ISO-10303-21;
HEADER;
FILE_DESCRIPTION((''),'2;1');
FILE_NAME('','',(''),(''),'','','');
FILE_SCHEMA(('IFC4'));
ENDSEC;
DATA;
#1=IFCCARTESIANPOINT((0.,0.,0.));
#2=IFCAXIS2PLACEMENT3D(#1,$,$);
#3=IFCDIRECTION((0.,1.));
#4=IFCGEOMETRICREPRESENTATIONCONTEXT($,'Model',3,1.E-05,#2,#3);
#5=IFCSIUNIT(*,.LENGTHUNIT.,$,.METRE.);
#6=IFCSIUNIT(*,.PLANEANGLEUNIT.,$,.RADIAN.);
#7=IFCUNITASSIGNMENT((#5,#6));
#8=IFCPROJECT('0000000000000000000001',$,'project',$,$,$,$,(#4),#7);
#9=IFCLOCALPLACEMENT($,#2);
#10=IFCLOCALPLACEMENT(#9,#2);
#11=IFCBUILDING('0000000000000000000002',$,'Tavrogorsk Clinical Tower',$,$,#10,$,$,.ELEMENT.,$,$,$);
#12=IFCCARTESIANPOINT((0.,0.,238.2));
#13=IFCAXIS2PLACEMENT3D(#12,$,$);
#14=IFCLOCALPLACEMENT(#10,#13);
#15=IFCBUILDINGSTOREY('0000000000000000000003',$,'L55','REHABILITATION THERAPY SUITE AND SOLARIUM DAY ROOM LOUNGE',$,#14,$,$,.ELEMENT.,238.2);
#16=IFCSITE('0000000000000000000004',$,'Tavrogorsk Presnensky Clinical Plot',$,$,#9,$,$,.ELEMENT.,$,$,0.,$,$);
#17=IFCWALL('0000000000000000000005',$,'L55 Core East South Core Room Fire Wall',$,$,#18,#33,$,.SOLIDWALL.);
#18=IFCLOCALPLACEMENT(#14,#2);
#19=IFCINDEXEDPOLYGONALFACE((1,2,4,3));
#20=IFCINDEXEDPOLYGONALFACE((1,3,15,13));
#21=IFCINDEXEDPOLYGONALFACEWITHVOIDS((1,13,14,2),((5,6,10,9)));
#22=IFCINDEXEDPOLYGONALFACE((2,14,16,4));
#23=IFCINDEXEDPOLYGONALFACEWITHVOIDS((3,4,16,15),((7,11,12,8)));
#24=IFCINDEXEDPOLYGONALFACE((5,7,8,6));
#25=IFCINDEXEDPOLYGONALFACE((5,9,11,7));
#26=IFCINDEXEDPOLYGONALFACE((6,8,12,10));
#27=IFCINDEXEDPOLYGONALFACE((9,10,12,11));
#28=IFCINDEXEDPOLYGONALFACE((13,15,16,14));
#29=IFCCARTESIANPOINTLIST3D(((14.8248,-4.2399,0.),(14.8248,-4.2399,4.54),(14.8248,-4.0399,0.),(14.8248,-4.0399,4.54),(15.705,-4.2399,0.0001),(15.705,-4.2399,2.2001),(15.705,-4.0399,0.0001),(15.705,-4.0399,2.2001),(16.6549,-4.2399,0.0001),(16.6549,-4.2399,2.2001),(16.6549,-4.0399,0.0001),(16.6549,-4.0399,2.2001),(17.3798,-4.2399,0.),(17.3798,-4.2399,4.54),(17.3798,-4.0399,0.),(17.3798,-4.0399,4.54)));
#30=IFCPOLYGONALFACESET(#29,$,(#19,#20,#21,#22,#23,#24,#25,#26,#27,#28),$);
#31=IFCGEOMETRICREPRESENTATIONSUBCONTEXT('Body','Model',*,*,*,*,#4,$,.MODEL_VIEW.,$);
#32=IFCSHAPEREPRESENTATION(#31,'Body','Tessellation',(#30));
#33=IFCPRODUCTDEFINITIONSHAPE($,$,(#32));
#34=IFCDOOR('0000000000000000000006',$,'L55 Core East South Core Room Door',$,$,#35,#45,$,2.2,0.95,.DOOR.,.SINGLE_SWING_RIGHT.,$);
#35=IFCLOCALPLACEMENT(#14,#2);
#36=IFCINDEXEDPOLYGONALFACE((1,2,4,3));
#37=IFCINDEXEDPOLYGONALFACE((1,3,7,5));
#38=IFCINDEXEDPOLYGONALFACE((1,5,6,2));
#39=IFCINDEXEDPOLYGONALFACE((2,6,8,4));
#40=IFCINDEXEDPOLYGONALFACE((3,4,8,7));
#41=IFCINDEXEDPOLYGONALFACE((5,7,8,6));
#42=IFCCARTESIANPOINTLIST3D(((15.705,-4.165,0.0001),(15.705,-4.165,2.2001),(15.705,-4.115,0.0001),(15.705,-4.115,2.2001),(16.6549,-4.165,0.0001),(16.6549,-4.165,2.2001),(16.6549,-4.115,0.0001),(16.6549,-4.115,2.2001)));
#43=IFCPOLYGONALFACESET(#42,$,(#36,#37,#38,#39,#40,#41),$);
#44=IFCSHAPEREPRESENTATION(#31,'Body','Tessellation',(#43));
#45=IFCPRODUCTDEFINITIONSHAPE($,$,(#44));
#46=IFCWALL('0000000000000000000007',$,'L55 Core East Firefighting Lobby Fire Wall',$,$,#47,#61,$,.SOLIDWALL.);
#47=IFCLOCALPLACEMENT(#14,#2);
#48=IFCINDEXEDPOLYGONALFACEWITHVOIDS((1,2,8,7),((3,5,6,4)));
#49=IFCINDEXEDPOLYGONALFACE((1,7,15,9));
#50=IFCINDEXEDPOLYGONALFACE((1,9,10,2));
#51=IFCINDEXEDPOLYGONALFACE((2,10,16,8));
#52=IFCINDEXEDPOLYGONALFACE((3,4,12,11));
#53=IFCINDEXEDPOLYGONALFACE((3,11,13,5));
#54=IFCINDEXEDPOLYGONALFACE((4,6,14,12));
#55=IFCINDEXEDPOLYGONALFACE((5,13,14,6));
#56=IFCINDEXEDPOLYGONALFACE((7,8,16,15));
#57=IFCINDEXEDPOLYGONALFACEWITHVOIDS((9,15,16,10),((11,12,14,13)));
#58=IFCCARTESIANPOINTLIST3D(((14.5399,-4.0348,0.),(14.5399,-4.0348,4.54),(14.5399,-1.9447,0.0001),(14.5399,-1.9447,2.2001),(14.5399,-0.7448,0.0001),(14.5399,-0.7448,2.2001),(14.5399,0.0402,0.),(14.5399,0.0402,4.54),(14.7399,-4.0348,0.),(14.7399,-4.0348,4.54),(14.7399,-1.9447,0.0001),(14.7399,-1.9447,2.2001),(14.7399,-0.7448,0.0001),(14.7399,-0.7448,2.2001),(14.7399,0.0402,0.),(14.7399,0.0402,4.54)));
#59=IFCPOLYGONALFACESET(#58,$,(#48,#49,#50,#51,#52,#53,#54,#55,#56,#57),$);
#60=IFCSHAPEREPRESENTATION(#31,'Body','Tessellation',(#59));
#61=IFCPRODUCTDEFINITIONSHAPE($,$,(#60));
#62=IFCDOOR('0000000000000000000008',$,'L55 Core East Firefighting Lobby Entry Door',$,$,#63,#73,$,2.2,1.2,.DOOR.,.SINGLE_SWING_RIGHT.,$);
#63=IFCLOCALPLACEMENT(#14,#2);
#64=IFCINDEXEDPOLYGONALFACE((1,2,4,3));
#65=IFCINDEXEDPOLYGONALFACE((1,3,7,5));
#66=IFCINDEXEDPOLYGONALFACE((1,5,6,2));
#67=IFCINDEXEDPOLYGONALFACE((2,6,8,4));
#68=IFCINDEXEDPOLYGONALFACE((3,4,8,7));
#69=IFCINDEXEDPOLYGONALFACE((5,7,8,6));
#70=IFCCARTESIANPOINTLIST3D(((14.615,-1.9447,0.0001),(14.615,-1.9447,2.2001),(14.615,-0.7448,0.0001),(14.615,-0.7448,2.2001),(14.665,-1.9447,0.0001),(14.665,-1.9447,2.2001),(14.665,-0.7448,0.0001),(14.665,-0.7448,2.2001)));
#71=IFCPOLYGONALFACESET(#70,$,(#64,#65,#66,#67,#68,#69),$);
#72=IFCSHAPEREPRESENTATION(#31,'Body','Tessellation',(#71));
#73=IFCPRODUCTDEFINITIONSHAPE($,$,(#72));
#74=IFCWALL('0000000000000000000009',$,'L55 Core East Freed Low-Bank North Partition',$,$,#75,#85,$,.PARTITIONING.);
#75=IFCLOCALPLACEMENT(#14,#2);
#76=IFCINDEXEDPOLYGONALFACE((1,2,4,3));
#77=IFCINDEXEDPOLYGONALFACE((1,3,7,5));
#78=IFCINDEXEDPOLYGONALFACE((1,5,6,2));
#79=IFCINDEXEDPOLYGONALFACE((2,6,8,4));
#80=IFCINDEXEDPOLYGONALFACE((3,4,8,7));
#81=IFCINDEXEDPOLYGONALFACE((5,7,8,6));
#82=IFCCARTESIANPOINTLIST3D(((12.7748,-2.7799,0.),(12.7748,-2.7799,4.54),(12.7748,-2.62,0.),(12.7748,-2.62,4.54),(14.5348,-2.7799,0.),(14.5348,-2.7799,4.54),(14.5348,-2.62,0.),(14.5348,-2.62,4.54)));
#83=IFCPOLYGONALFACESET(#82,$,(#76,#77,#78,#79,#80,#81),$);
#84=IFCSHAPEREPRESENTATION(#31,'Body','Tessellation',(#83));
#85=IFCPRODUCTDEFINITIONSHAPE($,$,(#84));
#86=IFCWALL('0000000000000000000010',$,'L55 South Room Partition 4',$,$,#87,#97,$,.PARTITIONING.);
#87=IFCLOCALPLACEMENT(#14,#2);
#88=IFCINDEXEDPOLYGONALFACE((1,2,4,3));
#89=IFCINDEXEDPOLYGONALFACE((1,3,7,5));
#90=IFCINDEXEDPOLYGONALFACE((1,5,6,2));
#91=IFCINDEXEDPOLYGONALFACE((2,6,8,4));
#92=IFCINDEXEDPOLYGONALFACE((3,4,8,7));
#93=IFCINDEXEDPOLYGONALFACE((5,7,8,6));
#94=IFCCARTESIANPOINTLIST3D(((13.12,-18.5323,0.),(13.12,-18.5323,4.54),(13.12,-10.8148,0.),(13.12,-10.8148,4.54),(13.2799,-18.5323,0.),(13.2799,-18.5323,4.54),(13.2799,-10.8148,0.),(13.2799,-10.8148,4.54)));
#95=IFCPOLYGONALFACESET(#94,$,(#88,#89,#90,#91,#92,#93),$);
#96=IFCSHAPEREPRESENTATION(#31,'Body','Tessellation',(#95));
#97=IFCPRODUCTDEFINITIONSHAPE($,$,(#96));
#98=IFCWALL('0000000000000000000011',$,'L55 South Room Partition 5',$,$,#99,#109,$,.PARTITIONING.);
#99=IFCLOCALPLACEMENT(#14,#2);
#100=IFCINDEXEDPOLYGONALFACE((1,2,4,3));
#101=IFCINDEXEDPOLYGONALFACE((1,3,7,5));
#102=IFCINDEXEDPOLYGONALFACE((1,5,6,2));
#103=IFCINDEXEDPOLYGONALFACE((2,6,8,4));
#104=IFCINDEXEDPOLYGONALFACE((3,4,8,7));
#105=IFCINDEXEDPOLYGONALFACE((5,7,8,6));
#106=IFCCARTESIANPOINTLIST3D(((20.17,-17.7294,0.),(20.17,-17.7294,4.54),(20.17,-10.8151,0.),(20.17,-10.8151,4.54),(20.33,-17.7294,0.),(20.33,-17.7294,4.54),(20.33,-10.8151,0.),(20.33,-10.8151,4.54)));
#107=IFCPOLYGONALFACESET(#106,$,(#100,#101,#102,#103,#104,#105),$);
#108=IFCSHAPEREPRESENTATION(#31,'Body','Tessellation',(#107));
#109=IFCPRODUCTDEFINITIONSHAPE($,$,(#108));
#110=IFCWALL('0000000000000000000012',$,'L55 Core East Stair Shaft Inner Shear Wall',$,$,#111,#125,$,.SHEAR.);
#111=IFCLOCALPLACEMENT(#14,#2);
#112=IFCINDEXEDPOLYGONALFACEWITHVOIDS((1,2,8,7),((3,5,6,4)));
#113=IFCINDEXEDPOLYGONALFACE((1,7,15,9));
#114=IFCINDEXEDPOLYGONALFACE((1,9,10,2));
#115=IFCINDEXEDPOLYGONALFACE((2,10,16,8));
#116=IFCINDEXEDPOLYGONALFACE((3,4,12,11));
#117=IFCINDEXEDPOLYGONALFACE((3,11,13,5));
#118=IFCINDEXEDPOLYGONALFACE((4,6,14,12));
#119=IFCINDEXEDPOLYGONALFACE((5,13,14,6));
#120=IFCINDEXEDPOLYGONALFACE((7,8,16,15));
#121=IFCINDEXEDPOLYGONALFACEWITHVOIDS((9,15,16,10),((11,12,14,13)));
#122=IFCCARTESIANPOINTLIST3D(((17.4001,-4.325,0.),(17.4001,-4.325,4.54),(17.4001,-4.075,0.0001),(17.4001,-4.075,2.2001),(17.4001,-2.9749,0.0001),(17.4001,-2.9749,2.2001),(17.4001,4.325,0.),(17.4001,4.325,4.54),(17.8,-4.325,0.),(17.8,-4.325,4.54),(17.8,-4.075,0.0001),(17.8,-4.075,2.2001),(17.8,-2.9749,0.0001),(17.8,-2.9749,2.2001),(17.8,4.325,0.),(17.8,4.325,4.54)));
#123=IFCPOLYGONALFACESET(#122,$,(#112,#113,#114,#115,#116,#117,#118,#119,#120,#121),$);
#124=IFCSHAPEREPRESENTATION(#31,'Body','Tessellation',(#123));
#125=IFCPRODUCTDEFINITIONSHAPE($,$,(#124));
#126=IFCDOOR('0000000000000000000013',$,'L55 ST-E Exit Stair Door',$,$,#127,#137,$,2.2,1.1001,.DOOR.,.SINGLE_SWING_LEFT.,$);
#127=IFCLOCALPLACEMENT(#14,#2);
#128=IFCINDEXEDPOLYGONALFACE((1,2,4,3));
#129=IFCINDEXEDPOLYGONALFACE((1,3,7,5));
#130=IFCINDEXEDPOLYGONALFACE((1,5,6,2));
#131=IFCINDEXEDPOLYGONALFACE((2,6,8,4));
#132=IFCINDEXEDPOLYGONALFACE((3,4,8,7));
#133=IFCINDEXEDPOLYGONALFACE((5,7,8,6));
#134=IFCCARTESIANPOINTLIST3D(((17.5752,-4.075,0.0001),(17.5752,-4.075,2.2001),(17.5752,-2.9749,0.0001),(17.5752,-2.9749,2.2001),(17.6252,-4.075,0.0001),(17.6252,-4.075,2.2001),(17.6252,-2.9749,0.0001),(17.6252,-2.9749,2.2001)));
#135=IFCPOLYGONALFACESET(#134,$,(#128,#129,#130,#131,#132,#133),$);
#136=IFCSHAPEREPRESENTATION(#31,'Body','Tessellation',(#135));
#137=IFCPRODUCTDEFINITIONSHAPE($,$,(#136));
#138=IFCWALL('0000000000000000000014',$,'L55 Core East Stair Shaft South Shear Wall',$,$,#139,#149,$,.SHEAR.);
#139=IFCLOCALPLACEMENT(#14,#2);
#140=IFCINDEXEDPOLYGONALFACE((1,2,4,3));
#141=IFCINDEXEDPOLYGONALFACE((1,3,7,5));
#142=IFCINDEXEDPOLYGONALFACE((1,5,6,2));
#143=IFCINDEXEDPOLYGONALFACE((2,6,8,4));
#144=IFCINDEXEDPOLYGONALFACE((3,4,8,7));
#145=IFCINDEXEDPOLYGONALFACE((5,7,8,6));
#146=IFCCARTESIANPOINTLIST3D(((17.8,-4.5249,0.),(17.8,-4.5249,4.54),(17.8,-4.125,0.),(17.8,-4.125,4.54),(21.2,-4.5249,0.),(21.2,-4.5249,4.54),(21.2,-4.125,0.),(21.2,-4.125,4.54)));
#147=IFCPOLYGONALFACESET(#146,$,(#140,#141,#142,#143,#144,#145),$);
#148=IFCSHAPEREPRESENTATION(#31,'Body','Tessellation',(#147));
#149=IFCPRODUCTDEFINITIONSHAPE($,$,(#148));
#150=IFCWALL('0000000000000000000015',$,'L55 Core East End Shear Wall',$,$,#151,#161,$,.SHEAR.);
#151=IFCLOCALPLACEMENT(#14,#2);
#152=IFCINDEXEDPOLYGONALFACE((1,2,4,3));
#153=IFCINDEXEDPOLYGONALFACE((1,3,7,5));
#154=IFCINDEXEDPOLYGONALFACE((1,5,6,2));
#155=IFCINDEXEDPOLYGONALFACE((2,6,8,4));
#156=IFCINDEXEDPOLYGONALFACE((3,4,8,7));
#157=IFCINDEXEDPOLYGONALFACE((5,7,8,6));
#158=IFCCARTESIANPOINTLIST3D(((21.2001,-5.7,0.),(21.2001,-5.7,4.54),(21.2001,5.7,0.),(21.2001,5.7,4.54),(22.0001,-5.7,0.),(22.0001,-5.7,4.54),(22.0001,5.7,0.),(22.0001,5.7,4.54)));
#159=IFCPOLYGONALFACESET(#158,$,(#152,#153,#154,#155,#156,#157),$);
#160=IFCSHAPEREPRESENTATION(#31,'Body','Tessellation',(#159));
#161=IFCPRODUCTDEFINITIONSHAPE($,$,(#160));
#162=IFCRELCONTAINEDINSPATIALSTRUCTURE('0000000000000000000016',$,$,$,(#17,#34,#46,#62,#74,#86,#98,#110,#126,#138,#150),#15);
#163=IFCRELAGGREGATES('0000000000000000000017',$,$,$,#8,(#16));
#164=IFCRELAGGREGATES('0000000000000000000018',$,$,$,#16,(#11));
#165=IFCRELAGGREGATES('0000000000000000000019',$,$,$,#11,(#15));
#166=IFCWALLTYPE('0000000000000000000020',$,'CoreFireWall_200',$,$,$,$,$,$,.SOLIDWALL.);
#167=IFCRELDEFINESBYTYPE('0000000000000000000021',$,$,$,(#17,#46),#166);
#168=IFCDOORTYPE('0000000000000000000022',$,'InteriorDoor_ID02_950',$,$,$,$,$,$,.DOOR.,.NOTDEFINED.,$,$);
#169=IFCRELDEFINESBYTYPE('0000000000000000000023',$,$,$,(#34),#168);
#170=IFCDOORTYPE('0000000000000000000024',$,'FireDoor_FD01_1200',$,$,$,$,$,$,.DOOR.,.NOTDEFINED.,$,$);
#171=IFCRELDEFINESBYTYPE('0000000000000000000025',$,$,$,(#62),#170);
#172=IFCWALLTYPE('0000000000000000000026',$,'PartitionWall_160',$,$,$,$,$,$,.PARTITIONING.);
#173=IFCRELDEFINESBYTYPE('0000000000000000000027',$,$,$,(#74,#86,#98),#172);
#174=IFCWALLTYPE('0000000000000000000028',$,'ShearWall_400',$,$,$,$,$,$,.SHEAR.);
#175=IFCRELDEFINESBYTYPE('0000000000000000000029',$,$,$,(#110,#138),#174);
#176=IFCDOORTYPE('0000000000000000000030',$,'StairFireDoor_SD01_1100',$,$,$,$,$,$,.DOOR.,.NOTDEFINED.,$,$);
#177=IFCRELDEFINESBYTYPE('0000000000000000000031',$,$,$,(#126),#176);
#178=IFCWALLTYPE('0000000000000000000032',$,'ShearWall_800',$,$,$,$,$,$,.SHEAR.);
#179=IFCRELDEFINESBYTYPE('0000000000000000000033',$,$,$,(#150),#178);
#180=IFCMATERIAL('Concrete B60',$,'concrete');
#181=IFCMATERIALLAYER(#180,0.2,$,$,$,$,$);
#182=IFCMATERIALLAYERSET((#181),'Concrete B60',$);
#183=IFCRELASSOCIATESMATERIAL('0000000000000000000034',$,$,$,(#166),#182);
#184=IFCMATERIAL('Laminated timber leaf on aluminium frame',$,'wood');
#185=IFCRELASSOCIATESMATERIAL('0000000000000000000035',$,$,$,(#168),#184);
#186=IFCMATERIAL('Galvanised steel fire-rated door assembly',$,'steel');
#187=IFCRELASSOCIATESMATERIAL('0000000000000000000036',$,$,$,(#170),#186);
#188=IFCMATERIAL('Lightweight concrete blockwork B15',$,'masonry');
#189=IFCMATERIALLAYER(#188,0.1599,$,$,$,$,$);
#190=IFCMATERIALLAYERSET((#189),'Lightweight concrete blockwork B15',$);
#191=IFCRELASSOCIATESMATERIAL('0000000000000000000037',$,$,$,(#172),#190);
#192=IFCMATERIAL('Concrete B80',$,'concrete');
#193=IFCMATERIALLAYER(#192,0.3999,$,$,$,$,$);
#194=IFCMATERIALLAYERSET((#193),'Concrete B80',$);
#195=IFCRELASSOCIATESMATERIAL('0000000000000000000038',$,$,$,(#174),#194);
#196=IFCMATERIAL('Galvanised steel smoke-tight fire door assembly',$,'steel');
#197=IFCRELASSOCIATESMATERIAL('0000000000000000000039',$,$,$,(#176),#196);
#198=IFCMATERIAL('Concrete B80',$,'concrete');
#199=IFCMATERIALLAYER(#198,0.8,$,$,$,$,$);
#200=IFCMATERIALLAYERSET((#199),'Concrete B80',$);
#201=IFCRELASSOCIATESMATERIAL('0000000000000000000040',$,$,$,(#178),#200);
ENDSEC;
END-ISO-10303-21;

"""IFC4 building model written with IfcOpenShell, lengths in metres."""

from ifc_helpers import new_model, si_unit, direction, frame, frame_2d, origin, place, context, subcontext, project, spatial, rectangle, extrude, material, layer, layer_set, type_object, element, fill, save


model = new_model("IFC4")

# Units and contexts
model_context = context("Model", 3, precision=1e-05, world=origin(), true_north=direction((0.0, 1.0)))
body_context = subcontext(model_context, "Body", "Model", "MODEL_VIEW")
ifc_project = project(units=[si_unit("LENGTHUNIT", "METRE"), si_unit("PLANEANGLEUNIT", "RADIAN")], contexts=[model_context])

# Site, building, storey
site_placement = place(None, origin())
site = spatial("IfcSite", under=ifc_project, at=site_placement, Name="Tavrogorsk Presnensky Clinical Plot", CompositionType="ELEMENT", RefElevation=0.0)
building_placement = place(site_placement, origin())
building = spatial("IfcBuilding", under=site, at=building_placement, Name="Tavrogorsk Clinical Tower", CompositionType="ELEMENT")
storey_placement = place(building_placement, frame((0.0, 0.0, 238.2)))
storey = spatial("IfcBuildingStorey", under=building, at=storey_placement, Name="L55", Description="REHABILITATION THERAPY SUITE AND SOLARIUM DAY ROOM LOUNGE", CompositionType="ELEMENT", Elevation=238.2)

# Walls, openings, doors
ifc_material_1 = material(Name="Concrete B60", Category="concrete")
ifc_layer_1 = layer(ifc_material_1, 0.2)
ifc_layer_set_1 = layer_set([ifc_layer_1], Name="Concrete B60")
wall_type_1 = type_object("IfcWallType", Name="CoreFireWall_200", PredefinedType="SOLIDWALL", material=ifc_layer_set_1)
wall_1_placement = place(storey_placement, frame((14.825, -4.1399, 0.0), z_axis=(0.0, 0.0, 1.0), x_axis=(1.0, 0.0, 0.0)))
wall_1 = element("IfcWall", 1, at=wall_1_placement, inside=storey, type_object=wall_type_1, Name="L55 Core East South Core Room Fire Wall", PredefinedType="SOLIDWALL", context=body_context, shape_type="SweptSolid", body=[
    extrude(rectangle(XDim=2.5549, YDim=0.2, at=frame_2d((1.2773, 0.0))), origin(), (0.0, 0.0, 1.0), 4.54),
])
opening_1_placement = place(wall_1_placement, frame((0.8799, 0.0, 0.0)))
opening_1 = element("IfcOpeningElement", 2, at=opening_1_placement, cuts=wall_1, PredefinedType="OPENING", context=body_context, shape_type="SweptSolid", body=[
    extrude(rectangle(XDim=0.95, YDim=2.2, at=frame_2d((0.4751, 1.1001))), frame((0.0, 0.1099, 0.0), z_axis=(0.0, -1.0, 0.0), x_axis=(1.0, 0.0, 0.0)), (0.0, 0.0, 1.0), 0.22),
])
ifc_material_2 = material(Name="Laminated timber leaf on aluminium frame", Category="wood")
door_type_1 = type_object("IfcDoorType", Name="InteriorDoor_ID02_950", OperationType="NOTDEFINED", PredefinedType="DOOR", material=ifc_material_2)
door_1_placement = place(opening_1_placement, origin())
door_1 = element("IfcDoor", 3, at=door_1_placement, inside=storey, type_object=door_type_1, Name="L55 Core East South Core Room Door", OperationType="SINGLE_SWING_RIGHT", OverallHeight=2.2, OverallWidth=0.95, PredefinedType="DOOR", context=body_context, shape_type="SweptSolid", body=[
    extrude(rectangle(XDim=0.95, YDim=2.2, at=frame_2d((0.4751, 1.1001))), frame((0.0, 0.0249, 0.0), z_axis=(0.0, -1.0, 0.0), x_axis=(1.0, 0.0, 0.0)), (0.0, 0.0, 1.0), 0.05),
])
fill(opening_1, door_1)
wall_2_placement = place(storey_placement, frame((14.6399, -4.0349, 0.0), z_axis=(0.0, 0.0, 1.0), x_axis=(0.0, 1.0, 0.0)))
wall_2 = element("IfcWall", 4, at=wall_2_placement, inside=storey, type_object=wall_type_1, Name="L55 Core East Firefighting Lobby Fire Wall", PredefinedType="SOLIDWALL", context=body_context, shape_type="SweptSolid", body=[
    extrude(rectangle(XDim=4.075, YDim=0.2, at=frame_2d((2.0376, 0.0))), origin(), (0.0, 0.0, 1.0), 4.54),
])
opening_2_placement = place(wall_2_placement, frame((2.0901, 0.0, 0.0)))
opening_2 = element("IfcOpeningElement", 5, at=opening_2_placement, cuts=wall_2, PredefinedType="OPENING", context=body_context, shape_type="SweptSolid", body=[
    extrude(rectangle(XDim=1.2, YDim=2.2, at=frame_2d((0.6001, 1.1001))), frame((0.0, 0.1099, 0.0), z_axis=(0.0, -1.0, 0.0), x_axis=(1.0, 0.0, 0.0)), (0.0, 0.0, 1.0), 0.22),
])
ifc_material_3 = material(Name="Galvanised steel fire-rated door assembly", Category="steel")
door_type_2 = type_object("IfcDoorType", Name="FireDoor_FD01_1200", OperationType="NOTDEFINED", PredefinedType="DOOR", material=ifc_material_3)
door_2_placement = place(opening_2_placement, origin())
door_2 = element("IfcDoor", 6, at=door_2_placement, inside=storey, type_object=door_type_2, Name="L55 Core East Firefighting Lobby Entry Door", OperationType="SINGLE_SWING_RIGHT", OverallHeight=2.2, OverallWidth=1.2, PredefinedType="DOOR", context=body_context, shape_type="SweptSolid", body=[
    extrude(rectangle(XDim=1.2, YDim=2.2, at=frame_2d((0.6001, 1.1001))), frame((0.0, 0.0249, 0.0), z_axis=(0.0, -1.0, 0.0), x_axis=(1.0, 0.0, 0.0)), (0.0, 0.0, 1.0), 0.05),
])
fill(opening_2, door_2)

# Walls
ifc_material_4 = material(Name="Lightweight concrete blockwork B15", Category="masonry")
ifc_layer_2 = layer(ifc_material_4, 0.1599)
ifc_layer_set_2 = layer_set([ifc_layer_2], Name="Lightweight concrete blockwork B15")
wall_type_2 = type_object("IfcWallType", Name="PartitionWall_160", PredefinedType="PARTITIONING", material=ifc_layer_set_2)
wall_3_placement = place(storey_placement, frame((12.7749, -2.7, 0.0), z_axis=(0.0, 0.0, 1.0), x_axis=(1.0, 0.0, 0.0)))
element("IfcWall", 7, at=wall_3_placement, inside=storey, type_object=wall_type_2, Name="L55 Core East Freed Low-Bank North Partition", PredefinedType="PARTITIONING", context=body_context, shape_type="SweptSolid", body=[
    extrude(rectangle(XDim=1.76, YDim=0.1599, at=frame_2d((0.8799, 0.0))), origin(), (0.0, 0.0, 1.0), 4.54),
])
wall_4_placement = place(storey_placement, frame((13.2, -18.5325, 0.0), z_axis=(0.0, 0.0, 1.0), x_axis=(0.0, 1.0, 0.0)))
element("IfcWall", 8, at=wall_4_placement, inside=storey, type_object=wall_type_2, Name="L55 South Room Partition 4", PredefinedType="PARTITIONING", context=body_context, shape_type="SweptSolid", body=[
    extrude(rectangle(XDim=7.7175, YDim=0.1599, at=frame_2d((3.8589, 0.0))), origin(), (0.0, 0.0, 1.0), 4.54),
])
wall_5_placement = place(storey_placement, frame((20.25, -17.7292, 0.0), z_axis=(0.0, 0.0, 1.0), x_axis=(0.0, 1.0, 0.0)))
element("IfcWall", 9, at=wall_5_placement, inside=storey, type_object=wall_type_2, Name="L55 South Room Partition 5", PredefinedType="PARTITIONING", context=body_context, shape_type="SweptSolid", body=[
    extrude(rectangle(XDim=6.9143, YDim=0.1599, at=frame_2d((3.457, 0.0))), origin(), (0.0, 0.0, 1.0), 4.54),
])

# Wall, opening, door
ifc_material_5 = material(Name="Concrete B80", Category="concrete")
ifc_layer_3 = layer(ifc_material_5, 0.3999)
ifc_layer_set_3 = layer_set([ifc_layer_3], Name="Concrete B80")
wall_type_3 = type_object("IfcWallType", Name="ShearWall_400", PredefinedType="SHEAR", material=ifc_layer_set_3)
wall_6_placement = place(storey_placement, frame((17.6001, -4.325, 0.0), z_axis=(0.0, 0.0, 1.0), x_axis=(0.0, 1.0, 0.0)))
wall_6 = element("IfcWall", 10, at=wall_6_placement, inside=storey, type_object=wall_type_3, Name="L55 Core East Stair Shaft Inner Shear Wall", PredefinedType="SHEAR", context=body_context, shape_type="SweptSolid", body=[
    extrude(rectangle(XDim=8.6499, YDim=0.3999, at=frame_2d((4.325, 0.0))), origin(), (0.0, 0.0, 1.0), 4.54),
])
opening_3_placement = place(wall_6_placement, frame((0.25, 0.0, 0.0)))
opening_3 = element("IfcOpeningElement", 11, at=opening_3_placement, cuts=wall_6, PredefinedType="OPENING", context=body_context, shape_type="SweptSolid", body=[
    extrude(rectangle(XDim=1.1001, YDim=2.2, at=frame_2d((0.55, 1.1001))), frame((0.0, 0.21, 0.0), z_axis=(0.0, -1.0, 0.0), x_axis=(1.0, 0.0, 0.0)), (0.0, 0.0, 1.0), 0.4199),
])
ifc_material_6 = material(Name="Galvanised steel smoke-tight fire door assembly", Category="steel")
door_type_3 = type_object("IfcDoorType", Name="StairFireDoor_SD01_1100", OperationType="NOTDEFINED", PredefinedType="DOOR", material=ifc_material_6)
door_3_placement = place(opening_3_placement, origin())
door_3 = element("IfcDoor", 12, at=door_3_placement, inside=storey, type_object=door_type_3, Name="L55 ST-E Exit Stair Door", OperationType="SINGLE_SWING_LEFT", OverallHeight=2.2, OverallWidth=1.1001, PredefinedType="DOOR", context=body_context, shape_type="SweptSolid", body=[
    extrude(rectangle(XDim=1.1001, YDim=2.2, at=frame_2d((0.55, 1.1001))), frame((0.0, 0.0249, 0.0), z_axis=(0.0, -1.0, 0.0), x_axis=(1.0, 0.0, 0.0)), (0.0, 0.0, 1.0), 0.05),
])
fill(opening_3, door_3)

# Walls
wall_7_placement = place(storey_placement, frame((17.8, -4.325, 0.0), z_axis=(0.0, 0.0, 1.0), x_axis=(1.0, 0.0, 0.0)))
element("IfcWall", 13, at=wall_7_placement, inside=storey, type_object=wall_type_3, Name="L55 Core East Stair Shaft South Shear Wall", PredefinedType="SHEAR", context=body_context, shape_type="SweptSolid", body=[
    extrude(rectangle(XDim=3.3999, YDim=0.3999, at=frame_2d((1.7, 0.0))), origin(), (0.0, 0.0, 1.0), 4.54),
])
ifc_material_7 = material(Name="Concrete B80", Category="concrete")
ifc_layer_4 = layer(ifc_material_7, 0.8)
ifc_layer_set_4 = layer_set([ifc_layer_4], Name="Concrete B80")
wall_type_4 = type_object("IfcWallType", Name="ShearWall_800", PredefinedType="SHEAR", material=ifc_layer_set_4)
wall_8_placement = place(storey_placement, frame((21.6001, -5.7, 0.0), z_axis=(0.0, 0.0, 1.0), x_axis=(0.0, 1.0, 0.0)))
element("IfcWall", 14, at=wall_8_placement, inside=storey, type_object=wall_type_4, Name="L55 Core East End Shear Wall", PredefinedType="SHEAR", context=body_context, shape_type="SweptSolid", body=[
    extrude(rectangle(XDim=11.3999, YDim=0.8, at=frame_2d((5.7, 0.0))), origin(), (0.0, 0.0, 1.0), 4.54),
])

save(model, "model.ifc")
